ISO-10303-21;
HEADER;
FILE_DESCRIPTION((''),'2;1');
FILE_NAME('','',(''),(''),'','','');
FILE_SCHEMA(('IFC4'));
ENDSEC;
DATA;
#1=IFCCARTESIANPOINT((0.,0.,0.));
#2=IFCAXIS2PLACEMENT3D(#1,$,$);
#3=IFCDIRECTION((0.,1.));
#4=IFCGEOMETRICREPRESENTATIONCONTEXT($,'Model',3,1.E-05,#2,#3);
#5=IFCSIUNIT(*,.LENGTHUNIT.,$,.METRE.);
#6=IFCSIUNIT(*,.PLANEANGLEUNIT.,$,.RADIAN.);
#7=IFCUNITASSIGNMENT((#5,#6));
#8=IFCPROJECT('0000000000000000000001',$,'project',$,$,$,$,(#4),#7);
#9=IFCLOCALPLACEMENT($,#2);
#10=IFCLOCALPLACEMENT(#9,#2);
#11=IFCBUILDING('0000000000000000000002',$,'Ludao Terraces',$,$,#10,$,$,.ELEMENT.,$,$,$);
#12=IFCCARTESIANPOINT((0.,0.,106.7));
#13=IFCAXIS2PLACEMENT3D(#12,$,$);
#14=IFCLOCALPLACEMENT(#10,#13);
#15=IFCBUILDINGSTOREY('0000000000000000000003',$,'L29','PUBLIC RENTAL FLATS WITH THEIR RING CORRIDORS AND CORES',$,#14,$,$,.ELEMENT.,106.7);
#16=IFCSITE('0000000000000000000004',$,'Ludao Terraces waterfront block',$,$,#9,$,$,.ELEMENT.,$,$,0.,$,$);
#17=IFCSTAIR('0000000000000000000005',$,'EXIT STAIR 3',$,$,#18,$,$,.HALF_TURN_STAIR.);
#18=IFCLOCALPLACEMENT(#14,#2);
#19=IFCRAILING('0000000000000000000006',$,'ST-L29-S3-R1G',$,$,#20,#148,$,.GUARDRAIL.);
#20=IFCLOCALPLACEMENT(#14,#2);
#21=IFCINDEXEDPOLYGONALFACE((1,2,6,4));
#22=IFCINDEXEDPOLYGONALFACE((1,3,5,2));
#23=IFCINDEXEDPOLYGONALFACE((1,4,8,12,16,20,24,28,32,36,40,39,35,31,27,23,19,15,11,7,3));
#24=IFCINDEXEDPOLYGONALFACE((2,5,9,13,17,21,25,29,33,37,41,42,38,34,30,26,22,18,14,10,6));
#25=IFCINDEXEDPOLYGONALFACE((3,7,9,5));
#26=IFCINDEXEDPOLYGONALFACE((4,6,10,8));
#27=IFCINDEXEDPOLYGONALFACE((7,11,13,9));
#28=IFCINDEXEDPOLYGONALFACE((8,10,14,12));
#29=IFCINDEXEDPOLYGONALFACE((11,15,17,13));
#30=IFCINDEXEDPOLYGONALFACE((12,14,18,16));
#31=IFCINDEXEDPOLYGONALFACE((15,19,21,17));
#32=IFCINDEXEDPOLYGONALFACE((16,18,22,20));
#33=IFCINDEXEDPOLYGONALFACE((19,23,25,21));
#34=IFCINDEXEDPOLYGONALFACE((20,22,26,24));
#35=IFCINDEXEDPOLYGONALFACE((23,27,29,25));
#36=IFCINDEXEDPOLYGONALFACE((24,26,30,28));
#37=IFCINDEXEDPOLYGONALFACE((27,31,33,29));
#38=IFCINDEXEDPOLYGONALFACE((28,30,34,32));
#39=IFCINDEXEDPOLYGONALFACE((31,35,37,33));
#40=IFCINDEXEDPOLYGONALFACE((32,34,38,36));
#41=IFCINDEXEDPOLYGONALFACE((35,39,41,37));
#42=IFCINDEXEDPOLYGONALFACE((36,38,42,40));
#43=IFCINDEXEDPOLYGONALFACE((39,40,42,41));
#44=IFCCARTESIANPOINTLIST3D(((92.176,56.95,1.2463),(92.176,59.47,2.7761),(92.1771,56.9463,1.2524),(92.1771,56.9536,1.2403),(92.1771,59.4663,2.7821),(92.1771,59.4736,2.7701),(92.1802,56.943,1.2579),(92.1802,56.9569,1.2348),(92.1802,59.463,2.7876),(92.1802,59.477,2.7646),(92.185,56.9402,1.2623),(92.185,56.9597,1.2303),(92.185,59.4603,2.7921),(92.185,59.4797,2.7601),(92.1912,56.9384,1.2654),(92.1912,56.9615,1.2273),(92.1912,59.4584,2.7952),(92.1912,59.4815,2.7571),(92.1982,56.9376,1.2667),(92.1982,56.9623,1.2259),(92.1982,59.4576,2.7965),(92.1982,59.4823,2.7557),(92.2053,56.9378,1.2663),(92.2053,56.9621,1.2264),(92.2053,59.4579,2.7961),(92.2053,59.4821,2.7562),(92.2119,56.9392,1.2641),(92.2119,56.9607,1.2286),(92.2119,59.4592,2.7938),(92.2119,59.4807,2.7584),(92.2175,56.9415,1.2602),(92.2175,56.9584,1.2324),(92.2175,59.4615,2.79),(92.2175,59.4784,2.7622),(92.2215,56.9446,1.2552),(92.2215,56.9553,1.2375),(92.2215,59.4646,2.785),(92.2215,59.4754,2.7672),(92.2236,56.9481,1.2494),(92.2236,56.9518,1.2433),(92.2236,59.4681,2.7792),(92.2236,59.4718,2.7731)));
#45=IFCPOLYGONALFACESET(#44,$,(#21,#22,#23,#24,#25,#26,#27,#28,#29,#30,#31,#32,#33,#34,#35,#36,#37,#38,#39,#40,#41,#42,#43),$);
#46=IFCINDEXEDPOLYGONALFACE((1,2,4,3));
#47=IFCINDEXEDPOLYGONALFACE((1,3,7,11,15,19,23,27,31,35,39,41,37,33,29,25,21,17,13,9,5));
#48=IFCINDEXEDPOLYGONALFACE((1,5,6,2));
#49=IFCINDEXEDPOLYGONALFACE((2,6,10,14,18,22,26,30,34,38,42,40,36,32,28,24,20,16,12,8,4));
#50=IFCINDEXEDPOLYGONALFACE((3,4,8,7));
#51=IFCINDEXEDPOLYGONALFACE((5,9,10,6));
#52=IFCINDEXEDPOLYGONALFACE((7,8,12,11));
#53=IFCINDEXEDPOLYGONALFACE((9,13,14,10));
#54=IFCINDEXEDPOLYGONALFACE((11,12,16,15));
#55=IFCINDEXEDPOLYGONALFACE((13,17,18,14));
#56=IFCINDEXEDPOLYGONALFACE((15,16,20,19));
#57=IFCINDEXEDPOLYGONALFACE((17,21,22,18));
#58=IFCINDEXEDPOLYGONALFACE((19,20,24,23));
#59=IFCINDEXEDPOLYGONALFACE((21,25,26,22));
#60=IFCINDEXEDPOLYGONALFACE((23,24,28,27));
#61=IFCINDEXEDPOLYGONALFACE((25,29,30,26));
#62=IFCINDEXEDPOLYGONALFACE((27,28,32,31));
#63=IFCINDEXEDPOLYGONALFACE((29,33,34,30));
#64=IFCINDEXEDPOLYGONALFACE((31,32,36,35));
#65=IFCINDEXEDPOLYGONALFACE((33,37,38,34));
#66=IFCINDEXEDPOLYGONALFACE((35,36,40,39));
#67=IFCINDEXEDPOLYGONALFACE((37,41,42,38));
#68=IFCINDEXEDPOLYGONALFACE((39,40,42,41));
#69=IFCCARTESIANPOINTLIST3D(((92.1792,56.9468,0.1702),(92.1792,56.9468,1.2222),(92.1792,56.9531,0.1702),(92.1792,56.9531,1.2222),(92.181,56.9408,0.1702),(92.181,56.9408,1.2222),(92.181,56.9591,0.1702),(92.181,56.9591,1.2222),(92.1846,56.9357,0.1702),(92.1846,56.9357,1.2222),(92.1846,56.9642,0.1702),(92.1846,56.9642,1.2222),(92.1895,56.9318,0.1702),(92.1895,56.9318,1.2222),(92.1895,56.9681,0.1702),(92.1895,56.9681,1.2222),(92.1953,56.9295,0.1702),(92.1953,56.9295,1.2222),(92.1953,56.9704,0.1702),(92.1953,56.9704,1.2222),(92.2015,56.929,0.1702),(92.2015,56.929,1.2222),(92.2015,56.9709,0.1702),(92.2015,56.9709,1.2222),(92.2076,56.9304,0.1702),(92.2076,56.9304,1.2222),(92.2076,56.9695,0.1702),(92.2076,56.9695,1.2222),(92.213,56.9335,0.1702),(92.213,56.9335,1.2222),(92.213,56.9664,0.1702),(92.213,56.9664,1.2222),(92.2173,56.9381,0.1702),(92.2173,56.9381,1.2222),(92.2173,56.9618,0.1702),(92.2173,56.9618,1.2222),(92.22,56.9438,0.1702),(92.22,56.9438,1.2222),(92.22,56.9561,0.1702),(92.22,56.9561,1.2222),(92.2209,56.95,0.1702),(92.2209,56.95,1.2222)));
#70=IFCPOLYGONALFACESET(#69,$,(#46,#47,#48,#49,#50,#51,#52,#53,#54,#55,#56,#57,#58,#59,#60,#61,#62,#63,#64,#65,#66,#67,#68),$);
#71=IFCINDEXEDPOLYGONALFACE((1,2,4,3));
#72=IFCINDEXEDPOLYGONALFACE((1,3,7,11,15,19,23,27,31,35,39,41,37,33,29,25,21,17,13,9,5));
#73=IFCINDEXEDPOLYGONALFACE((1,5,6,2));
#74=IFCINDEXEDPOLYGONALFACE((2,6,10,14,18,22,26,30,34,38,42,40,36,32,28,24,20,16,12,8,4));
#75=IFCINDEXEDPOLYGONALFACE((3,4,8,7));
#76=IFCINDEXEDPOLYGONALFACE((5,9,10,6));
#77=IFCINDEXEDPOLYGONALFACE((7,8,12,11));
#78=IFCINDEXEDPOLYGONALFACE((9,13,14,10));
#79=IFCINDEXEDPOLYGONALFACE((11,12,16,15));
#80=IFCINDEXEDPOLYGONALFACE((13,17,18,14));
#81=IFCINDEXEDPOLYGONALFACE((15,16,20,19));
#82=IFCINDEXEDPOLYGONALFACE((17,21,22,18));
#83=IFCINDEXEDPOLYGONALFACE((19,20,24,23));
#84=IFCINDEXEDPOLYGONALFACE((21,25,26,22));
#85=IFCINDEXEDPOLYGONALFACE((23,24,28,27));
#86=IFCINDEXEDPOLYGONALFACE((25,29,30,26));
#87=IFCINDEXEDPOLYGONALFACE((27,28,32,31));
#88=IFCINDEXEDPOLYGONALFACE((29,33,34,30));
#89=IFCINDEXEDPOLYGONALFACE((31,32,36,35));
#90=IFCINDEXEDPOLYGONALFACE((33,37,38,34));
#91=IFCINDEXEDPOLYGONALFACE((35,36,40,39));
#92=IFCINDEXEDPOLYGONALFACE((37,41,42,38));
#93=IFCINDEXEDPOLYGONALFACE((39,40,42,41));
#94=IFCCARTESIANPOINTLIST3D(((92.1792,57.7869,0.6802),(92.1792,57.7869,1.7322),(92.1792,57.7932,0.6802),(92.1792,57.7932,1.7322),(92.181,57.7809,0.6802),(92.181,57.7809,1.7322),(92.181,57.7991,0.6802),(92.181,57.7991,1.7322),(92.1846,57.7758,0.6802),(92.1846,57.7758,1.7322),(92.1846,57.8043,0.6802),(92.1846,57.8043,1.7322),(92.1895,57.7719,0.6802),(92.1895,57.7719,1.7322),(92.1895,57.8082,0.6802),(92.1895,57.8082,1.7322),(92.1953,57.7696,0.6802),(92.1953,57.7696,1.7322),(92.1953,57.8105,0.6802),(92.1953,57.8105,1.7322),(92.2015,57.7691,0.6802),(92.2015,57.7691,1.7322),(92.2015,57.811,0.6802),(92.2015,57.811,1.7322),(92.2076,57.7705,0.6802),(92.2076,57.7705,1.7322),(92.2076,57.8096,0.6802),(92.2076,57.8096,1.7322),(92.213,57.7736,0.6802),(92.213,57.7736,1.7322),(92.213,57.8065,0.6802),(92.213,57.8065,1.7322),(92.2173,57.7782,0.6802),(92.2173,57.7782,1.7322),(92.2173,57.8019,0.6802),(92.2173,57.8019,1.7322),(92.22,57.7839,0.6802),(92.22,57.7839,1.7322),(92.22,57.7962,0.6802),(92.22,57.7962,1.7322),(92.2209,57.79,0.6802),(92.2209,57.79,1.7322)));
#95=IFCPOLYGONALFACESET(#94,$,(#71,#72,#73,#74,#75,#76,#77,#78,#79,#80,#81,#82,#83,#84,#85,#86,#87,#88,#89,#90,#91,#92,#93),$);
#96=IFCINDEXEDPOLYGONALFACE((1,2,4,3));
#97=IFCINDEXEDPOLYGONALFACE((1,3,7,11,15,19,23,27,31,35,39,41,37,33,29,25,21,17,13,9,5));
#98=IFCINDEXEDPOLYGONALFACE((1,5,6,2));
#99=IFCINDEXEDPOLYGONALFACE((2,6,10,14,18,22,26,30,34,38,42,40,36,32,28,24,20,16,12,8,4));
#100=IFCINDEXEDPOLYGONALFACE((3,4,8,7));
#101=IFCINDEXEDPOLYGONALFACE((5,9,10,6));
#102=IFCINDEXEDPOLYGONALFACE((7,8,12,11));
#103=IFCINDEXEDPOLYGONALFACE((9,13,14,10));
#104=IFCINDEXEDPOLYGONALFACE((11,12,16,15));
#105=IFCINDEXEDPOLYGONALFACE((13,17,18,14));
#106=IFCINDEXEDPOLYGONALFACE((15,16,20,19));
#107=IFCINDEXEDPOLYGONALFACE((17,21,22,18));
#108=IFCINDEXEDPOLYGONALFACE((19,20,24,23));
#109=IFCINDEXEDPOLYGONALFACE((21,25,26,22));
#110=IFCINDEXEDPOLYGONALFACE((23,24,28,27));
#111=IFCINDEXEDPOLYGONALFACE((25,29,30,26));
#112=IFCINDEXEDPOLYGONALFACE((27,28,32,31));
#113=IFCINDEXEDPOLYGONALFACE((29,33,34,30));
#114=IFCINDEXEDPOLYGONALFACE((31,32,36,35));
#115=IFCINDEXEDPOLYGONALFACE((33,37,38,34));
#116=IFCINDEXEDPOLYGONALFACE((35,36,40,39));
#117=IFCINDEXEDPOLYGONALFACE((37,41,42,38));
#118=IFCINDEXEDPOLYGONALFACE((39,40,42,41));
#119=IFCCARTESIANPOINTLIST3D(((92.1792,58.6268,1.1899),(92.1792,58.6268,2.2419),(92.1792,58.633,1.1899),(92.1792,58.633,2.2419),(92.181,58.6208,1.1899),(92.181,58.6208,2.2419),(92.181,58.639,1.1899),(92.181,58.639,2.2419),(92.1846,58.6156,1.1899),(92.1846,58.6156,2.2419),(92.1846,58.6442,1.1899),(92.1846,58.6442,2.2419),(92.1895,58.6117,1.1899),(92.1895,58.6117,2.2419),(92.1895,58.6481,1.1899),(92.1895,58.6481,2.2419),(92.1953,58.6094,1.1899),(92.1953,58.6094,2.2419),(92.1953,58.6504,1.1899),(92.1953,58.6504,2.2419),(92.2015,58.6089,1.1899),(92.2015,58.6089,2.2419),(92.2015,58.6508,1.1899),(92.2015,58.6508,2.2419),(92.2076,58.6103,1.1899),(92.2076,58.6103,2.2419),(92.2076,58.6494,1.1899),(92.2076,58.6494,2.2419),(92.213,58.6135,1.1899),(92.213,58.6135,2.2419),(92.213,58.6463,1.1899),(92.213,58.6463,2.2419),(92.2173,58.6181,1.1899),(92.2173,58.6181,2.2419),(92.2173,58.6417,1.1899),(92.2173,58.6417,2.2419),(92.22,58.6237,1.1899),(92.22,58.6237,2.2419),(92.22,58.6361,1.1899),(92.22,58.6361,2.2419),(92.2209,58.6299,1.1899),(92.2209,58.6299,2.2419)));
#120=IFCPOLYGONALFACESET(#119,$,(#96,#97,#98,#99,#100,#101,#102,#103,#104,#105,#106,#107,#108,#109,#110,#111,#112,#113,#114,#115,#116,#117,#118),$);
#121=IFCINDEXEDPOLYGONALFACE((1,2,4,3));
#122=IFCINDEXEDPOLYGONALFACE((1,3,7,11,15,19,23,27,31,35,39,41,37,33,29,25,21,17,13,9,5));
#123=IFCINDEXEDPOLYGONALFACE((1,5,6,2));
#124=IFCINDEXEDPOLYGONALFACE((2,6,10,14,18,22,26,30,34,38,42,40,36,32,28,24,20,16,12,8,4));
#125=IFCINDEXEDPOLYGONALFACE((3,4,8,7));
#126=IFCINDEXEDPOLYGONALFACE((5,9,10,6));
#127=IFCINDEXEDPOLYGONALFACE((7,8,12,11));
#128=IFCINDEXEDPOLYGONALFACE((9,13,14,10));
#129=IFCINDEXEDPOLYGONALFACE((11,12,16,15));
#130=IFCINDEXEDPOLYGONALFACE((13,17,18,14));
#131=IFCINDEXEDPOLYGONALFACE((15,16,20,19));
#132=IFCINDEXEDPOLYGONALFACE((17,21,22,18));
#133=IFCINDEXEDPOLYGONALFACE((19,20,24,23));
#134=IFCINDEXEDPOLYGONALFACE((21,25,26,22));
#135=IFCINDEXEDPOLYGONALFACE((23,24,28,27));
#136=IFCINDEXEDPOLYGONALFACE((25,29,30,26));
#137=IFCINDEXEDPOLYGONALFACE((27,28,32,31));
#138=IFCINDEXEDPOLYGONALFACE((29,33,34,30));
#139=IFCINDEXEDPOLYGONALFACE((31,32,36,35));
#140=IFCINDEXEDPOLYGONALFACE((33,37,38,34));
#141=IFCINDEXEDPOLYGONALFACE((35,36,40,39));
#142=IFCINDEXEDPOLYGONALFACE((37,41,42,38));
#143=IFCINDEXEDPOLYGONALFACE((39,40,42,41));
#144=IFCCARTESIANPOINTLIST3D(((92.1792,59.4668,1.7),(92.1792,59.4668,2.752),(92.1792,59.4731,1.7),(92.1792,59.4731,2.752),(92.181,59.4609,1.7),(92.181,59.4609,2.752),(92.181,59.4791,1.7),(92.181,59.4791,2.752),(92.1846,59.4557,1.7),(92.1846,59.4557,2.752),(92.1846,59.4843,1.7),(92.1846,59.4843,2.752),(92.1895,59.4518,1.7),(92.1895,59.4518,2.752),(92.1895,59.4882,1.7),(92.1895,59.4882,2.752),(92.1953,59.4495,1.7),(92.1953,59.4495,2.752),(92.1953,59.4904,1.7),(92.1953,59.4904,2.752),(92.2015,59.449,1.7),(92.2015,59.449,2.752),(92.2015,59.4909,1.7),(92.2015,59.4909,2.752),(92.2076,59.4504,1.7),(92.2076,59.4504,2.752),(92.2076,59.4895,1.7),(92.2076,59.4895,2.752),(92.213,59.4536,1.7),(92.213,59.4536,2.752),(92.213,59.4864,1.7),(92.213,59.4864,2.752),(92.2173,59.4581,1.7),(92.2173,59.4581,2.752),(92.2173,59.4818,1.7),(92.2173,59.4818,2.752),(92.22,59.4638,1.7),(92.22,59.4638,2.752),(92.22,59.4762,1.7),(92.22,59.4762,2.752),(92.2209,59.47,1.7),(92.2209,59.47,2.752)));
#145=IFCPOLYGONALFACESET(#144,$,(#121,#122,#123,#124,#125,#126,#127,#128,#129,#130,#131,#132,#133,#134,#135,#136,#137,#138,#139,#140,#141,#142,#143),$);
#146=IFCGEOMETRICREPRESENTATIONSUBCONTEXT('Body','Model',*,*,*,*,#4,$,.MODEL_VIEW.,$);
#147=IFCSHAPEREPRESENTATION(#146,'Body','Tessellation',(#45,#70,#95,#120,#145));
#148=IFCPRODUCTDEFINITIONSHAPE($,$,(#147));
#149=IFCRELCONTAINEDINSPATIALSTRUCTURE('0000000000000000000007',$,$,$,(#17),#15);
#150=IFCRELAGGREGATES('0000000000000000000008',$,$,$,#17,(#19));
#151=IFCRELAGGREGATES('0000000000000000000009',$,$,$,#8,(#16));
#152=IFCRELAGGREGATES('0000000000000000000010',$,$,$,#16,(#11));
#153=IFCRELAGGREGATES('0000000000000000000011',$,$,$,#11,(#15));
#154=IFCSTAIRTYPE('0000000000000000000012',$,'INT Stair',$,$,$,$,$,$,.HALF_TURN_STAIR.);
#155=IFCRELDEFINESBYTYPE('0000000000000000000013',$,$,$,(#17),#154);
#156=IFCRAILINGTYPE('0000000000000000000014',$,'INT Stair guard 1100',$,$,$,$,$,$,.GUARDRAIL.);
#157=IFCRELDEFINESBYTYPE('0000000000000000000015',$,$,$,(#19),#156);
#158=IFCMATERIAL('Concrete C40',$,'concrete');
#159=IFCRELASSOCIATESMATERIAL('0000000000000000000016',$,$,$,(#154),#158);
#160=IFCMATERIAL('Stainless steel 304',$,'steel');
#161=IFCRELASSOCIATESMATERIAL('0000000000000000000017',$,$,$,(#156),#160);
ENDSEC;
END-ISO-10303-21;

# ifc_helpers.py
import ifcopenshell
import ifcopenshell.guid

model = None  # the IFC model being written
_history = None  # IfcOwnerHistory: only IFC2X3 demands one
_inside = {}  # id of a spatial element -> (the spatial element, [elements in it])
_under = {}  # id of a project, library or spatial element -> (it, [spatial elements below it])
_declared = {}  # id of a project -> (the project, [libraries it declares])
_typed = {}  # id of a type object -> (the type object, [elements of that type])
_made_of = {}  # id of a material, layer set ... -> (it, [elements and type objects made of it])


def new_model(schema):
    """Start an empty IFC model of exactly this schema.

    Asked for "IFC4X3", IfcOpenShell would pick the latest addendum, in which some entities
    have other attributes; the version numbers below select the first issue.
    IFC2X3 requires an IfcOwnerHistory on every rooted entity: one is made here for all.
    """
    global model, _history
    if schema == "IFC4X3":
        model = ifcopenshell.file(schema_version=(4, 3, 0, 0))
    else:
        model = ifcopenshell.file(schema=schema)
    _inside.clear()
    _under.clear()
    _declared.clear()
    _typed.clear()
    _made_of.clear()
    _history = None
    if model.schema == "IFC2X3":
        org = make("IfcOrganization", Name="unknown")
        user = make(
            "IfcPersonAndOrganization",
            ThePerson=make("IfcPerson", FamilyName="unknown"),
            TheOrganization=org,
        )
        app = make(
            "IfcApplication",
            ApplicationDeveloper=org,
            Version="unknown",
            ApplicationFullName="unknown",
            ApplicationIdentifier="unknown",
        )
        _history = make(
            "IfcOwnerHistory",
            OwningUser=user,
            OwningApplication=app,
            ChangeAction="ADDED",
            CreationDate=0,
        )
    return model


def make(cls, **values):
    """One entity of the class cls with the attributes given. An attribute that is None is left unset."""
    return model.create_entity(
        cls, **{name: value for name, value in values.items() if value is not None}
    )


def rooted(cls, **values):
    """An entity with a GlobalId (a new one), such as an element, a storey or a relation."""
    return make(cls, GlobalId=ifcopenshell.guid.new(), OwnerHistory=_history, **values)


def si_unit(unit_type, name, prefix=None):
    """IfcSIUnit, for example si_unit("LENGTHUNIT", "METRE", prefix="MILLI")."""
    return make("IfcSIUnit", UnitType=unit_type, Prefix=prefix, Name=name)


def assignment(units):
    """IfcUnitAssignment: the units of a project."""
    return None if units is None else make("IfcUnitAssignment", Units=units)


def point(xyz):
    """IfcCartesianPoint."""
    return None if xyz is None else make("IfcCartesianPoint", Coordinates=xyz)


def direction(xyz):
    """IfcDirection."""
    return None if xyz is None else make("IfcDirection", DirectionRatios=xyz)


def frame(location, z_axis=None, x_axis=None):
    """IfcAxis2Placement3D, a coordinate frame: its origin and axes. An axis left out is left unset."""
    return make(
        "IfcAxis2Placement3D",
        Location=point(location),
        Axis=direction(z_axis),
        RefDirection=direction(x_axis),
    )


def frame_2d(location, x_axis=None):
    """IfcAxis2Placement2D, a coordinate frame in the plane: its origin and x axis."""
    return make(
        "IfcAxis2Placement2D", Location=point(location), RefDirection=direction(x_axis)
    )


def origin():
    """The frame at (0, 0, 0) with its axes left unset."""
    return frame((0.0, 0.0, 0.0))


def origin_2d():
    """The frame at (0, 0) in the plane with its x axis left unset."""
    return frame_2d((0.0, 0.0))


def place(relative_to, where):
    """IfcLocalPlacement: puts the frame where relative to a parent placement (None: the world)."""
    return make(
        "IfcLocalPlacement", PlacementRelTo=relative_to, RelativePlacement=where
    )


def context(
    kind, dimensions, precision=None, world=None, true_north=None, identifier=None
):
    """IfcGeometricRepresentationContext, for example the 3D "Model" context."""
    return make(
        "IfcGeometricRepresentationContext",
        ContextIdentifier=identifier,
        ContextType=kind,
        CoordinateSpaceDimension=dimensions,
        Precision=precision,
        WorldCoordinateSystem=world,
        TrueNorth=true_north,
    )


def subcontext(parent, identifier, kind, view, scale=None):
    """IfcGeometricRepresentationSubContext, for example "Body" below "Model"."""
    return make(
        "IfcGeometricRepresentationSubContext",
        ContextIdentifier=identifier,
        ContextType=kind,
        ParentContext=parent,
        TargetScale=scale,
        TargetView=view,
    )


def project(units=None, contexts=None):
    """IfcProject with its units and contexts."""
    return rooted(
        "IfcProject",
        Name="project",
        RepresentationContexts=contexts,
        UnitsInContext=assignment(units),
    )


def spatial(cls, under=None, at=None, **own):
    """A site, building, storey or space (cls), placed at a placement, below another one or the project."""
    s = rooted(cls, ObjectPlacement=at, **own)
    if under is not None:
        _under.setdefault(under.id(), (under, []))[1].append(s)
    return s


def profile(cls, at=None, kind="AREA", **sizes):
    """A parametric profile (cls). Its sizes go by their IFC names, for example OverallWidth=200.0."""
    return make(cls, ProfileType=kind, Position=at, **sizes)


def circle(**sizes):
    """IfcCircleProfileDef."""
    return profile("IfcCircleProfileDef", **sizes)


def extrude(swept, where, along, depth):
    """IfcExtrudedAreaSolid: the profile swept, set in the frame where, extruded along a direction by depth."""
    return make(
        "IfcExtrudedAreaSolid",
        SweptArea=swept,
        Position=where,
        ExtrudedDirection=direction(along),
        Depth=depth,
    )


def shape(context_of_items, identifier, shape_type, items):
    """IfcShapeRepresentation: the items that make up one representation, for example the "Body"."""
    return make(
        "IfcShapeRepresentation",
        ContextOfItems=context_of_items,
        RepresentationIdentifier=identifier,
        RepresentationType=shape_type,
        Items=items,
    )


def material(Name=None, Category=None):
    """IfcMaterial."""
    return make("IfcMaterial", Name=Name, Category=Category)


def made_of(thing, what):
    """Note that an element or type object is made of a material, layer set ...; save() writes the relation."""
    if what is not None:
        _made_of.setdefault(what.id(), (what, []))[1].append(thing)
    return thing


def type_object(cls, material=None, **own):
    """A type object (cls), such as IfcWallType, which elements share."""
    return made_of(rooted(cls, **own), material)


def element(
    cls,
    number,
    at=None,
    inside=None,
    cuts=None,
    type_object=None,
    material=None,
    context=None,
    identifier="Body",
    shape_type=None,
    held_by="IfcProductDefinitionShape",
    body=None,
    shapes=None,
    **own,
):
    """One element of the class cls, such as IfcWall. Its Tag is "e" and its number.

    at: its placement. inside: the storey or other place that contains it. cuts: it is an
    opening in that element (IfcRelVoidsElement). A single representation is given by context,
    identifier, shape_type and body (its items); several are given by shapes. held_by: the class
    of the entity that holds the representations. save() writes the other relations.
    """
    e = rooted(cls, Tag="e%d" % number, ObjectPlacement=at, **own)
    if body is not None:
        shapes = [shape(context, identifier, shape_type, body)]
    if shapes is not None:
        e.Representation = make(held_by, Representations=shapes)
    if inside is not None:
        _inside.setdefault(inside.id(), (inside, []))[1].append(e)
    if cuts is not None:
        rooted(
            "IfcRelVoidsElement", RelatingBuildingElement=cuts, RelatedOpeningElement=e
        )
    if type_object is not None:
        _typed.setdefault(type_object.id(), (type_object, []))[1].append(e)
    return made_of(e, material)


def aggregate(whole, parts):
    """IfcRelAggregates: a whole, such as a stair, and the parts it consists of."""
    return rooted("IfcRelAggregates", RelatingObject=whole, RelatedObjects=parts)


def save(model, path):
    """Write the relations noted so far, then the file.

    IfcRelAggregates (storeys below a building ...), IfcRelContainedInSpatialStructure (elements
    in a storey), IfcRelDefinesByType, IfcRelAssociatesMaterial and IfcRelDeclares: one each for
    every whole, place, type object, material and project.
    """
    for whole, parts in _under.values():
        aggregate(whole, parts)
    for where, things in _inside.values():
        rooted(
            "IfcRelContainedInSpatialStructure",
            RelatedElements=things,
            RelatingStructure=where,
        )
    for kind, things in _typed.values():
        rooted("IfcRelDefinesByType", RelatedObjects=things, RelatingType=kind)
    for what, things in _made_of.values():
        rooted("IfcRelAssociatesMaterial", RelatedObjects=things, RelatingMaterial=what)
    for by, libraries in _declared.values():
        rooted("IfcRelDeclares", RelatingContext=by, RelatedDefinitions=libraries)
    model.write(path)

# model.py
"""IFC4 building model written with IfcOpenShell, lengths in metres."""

from ifc_helpers import new_model, si_unit, direction, frame, origin, origin_2d, place, context, subcontext, project, spatial, circle, extrude, material, type_object, element, aggregate, save


model = new_model("IFC4")

# Units and contexts
model_context = context("Model", 3, precision=1e-05, world=origin(), true_north=direction((0.0, 1.0)))
body_context = subcontext(model_context, "Body", "Model", "MODEL_VIEW")
ifc_project = project(units=[si_unit("LENGTHUNIT", "METRE"), si_unit("PLANEANGLEUNIT", "RADIAN")], contexts=[model_context])

# Site, building, storey
site_placement = place(None, origin())
site = spatial("IfcSite", under=ifc_project, at=site_placement, Name="Ludao Terraces waterfront block", CompositionType="ELEMENT", RefElevation=0.0)
building_placement = place(site_placement, origin())
building = spatial("IfcBuilding", under=site, at=building_placement, Name="Ludao Terraces", CompositionType="ELEMENT")
storey_placement = place(building_placement, frame((0.0, 0.0, 106.7)))
storey = spatial("IfcBuildingStorey", under=building, at=storey_placement, Name="L29", Description="PUBLIC RENTAL FLATS WITH THEIR RING CORRIDORS AND CORES", CompositionType="ELEMENT", Elevation=106.7)

# Shared definitions
ifc_material_1 = material(Name="Concrete C40", Category="concrete")

# Stair, railing
stair_type = type_object("IfcStairType", Name="INT Stair", PredefinedType="HALF_TURN_STAIR", material=ifc_material_1)
stair_placement = place(storey_placement, origin())
stair = element("IfcStair", 1, at=stair_placement, inside=storey, type_object=stair_type, Name="EXIT STAIR 3", PredefinedType="HALF_TURN_STAIR")
ifc_material_2 = material(Name="Stainless steel 304", Category="steel")
railing_type_1 = type_object("IfcRailingType", Name="INT Stair guard 1100", PredefinedType="GUARDRAIL", material=ifc_material_2)
railing_1_placement = place(storey_placement, frame((92.2, 56.95, 0.1702)))
railing_1 = element("IfcRailing", 2, at=railing_1_placement, type_object=railing_type_1, Name="ST-L29-S3-R1G", PredefinedType="GUARDRAIL", context=body_context, shape_type="SweptSolid", body=[
    extrude(circle(Radius=0.0239, at=origin_2d()), frame((0.0, 0.0, 1.0762), z_axis=(0.0, 0.854822, 0.518922), x_axis=(-1.0, 0.0, 0.0)), (0.0, 0.0, 1.0), 2.948),
    extrude(circle(Radius=0.021, at=origin_2d()), origin(), (0.0, 0.0, 1.0), 1.052),
    extrude(circle(Radius=0.021, at=origin_2d()), frame((0.0, 0.8401, 0.51)), (0.0, 0.0, 1.0), 1.052),
    extrude(circle(Radius=0.021, at=origin_2d()), frame((0.0, 1.6799, 1.0198)), (0.0, 0.0, 1.0), 1.052),
    extrude(circle(Radius=0.021, at=origin_2d()), frame((0.0, 2.52, 1.5298)), (0.0, 0.0, 1.0), 1.052),
])
aggregate(stair, [railing_1])

save(model, "model.ifc")
